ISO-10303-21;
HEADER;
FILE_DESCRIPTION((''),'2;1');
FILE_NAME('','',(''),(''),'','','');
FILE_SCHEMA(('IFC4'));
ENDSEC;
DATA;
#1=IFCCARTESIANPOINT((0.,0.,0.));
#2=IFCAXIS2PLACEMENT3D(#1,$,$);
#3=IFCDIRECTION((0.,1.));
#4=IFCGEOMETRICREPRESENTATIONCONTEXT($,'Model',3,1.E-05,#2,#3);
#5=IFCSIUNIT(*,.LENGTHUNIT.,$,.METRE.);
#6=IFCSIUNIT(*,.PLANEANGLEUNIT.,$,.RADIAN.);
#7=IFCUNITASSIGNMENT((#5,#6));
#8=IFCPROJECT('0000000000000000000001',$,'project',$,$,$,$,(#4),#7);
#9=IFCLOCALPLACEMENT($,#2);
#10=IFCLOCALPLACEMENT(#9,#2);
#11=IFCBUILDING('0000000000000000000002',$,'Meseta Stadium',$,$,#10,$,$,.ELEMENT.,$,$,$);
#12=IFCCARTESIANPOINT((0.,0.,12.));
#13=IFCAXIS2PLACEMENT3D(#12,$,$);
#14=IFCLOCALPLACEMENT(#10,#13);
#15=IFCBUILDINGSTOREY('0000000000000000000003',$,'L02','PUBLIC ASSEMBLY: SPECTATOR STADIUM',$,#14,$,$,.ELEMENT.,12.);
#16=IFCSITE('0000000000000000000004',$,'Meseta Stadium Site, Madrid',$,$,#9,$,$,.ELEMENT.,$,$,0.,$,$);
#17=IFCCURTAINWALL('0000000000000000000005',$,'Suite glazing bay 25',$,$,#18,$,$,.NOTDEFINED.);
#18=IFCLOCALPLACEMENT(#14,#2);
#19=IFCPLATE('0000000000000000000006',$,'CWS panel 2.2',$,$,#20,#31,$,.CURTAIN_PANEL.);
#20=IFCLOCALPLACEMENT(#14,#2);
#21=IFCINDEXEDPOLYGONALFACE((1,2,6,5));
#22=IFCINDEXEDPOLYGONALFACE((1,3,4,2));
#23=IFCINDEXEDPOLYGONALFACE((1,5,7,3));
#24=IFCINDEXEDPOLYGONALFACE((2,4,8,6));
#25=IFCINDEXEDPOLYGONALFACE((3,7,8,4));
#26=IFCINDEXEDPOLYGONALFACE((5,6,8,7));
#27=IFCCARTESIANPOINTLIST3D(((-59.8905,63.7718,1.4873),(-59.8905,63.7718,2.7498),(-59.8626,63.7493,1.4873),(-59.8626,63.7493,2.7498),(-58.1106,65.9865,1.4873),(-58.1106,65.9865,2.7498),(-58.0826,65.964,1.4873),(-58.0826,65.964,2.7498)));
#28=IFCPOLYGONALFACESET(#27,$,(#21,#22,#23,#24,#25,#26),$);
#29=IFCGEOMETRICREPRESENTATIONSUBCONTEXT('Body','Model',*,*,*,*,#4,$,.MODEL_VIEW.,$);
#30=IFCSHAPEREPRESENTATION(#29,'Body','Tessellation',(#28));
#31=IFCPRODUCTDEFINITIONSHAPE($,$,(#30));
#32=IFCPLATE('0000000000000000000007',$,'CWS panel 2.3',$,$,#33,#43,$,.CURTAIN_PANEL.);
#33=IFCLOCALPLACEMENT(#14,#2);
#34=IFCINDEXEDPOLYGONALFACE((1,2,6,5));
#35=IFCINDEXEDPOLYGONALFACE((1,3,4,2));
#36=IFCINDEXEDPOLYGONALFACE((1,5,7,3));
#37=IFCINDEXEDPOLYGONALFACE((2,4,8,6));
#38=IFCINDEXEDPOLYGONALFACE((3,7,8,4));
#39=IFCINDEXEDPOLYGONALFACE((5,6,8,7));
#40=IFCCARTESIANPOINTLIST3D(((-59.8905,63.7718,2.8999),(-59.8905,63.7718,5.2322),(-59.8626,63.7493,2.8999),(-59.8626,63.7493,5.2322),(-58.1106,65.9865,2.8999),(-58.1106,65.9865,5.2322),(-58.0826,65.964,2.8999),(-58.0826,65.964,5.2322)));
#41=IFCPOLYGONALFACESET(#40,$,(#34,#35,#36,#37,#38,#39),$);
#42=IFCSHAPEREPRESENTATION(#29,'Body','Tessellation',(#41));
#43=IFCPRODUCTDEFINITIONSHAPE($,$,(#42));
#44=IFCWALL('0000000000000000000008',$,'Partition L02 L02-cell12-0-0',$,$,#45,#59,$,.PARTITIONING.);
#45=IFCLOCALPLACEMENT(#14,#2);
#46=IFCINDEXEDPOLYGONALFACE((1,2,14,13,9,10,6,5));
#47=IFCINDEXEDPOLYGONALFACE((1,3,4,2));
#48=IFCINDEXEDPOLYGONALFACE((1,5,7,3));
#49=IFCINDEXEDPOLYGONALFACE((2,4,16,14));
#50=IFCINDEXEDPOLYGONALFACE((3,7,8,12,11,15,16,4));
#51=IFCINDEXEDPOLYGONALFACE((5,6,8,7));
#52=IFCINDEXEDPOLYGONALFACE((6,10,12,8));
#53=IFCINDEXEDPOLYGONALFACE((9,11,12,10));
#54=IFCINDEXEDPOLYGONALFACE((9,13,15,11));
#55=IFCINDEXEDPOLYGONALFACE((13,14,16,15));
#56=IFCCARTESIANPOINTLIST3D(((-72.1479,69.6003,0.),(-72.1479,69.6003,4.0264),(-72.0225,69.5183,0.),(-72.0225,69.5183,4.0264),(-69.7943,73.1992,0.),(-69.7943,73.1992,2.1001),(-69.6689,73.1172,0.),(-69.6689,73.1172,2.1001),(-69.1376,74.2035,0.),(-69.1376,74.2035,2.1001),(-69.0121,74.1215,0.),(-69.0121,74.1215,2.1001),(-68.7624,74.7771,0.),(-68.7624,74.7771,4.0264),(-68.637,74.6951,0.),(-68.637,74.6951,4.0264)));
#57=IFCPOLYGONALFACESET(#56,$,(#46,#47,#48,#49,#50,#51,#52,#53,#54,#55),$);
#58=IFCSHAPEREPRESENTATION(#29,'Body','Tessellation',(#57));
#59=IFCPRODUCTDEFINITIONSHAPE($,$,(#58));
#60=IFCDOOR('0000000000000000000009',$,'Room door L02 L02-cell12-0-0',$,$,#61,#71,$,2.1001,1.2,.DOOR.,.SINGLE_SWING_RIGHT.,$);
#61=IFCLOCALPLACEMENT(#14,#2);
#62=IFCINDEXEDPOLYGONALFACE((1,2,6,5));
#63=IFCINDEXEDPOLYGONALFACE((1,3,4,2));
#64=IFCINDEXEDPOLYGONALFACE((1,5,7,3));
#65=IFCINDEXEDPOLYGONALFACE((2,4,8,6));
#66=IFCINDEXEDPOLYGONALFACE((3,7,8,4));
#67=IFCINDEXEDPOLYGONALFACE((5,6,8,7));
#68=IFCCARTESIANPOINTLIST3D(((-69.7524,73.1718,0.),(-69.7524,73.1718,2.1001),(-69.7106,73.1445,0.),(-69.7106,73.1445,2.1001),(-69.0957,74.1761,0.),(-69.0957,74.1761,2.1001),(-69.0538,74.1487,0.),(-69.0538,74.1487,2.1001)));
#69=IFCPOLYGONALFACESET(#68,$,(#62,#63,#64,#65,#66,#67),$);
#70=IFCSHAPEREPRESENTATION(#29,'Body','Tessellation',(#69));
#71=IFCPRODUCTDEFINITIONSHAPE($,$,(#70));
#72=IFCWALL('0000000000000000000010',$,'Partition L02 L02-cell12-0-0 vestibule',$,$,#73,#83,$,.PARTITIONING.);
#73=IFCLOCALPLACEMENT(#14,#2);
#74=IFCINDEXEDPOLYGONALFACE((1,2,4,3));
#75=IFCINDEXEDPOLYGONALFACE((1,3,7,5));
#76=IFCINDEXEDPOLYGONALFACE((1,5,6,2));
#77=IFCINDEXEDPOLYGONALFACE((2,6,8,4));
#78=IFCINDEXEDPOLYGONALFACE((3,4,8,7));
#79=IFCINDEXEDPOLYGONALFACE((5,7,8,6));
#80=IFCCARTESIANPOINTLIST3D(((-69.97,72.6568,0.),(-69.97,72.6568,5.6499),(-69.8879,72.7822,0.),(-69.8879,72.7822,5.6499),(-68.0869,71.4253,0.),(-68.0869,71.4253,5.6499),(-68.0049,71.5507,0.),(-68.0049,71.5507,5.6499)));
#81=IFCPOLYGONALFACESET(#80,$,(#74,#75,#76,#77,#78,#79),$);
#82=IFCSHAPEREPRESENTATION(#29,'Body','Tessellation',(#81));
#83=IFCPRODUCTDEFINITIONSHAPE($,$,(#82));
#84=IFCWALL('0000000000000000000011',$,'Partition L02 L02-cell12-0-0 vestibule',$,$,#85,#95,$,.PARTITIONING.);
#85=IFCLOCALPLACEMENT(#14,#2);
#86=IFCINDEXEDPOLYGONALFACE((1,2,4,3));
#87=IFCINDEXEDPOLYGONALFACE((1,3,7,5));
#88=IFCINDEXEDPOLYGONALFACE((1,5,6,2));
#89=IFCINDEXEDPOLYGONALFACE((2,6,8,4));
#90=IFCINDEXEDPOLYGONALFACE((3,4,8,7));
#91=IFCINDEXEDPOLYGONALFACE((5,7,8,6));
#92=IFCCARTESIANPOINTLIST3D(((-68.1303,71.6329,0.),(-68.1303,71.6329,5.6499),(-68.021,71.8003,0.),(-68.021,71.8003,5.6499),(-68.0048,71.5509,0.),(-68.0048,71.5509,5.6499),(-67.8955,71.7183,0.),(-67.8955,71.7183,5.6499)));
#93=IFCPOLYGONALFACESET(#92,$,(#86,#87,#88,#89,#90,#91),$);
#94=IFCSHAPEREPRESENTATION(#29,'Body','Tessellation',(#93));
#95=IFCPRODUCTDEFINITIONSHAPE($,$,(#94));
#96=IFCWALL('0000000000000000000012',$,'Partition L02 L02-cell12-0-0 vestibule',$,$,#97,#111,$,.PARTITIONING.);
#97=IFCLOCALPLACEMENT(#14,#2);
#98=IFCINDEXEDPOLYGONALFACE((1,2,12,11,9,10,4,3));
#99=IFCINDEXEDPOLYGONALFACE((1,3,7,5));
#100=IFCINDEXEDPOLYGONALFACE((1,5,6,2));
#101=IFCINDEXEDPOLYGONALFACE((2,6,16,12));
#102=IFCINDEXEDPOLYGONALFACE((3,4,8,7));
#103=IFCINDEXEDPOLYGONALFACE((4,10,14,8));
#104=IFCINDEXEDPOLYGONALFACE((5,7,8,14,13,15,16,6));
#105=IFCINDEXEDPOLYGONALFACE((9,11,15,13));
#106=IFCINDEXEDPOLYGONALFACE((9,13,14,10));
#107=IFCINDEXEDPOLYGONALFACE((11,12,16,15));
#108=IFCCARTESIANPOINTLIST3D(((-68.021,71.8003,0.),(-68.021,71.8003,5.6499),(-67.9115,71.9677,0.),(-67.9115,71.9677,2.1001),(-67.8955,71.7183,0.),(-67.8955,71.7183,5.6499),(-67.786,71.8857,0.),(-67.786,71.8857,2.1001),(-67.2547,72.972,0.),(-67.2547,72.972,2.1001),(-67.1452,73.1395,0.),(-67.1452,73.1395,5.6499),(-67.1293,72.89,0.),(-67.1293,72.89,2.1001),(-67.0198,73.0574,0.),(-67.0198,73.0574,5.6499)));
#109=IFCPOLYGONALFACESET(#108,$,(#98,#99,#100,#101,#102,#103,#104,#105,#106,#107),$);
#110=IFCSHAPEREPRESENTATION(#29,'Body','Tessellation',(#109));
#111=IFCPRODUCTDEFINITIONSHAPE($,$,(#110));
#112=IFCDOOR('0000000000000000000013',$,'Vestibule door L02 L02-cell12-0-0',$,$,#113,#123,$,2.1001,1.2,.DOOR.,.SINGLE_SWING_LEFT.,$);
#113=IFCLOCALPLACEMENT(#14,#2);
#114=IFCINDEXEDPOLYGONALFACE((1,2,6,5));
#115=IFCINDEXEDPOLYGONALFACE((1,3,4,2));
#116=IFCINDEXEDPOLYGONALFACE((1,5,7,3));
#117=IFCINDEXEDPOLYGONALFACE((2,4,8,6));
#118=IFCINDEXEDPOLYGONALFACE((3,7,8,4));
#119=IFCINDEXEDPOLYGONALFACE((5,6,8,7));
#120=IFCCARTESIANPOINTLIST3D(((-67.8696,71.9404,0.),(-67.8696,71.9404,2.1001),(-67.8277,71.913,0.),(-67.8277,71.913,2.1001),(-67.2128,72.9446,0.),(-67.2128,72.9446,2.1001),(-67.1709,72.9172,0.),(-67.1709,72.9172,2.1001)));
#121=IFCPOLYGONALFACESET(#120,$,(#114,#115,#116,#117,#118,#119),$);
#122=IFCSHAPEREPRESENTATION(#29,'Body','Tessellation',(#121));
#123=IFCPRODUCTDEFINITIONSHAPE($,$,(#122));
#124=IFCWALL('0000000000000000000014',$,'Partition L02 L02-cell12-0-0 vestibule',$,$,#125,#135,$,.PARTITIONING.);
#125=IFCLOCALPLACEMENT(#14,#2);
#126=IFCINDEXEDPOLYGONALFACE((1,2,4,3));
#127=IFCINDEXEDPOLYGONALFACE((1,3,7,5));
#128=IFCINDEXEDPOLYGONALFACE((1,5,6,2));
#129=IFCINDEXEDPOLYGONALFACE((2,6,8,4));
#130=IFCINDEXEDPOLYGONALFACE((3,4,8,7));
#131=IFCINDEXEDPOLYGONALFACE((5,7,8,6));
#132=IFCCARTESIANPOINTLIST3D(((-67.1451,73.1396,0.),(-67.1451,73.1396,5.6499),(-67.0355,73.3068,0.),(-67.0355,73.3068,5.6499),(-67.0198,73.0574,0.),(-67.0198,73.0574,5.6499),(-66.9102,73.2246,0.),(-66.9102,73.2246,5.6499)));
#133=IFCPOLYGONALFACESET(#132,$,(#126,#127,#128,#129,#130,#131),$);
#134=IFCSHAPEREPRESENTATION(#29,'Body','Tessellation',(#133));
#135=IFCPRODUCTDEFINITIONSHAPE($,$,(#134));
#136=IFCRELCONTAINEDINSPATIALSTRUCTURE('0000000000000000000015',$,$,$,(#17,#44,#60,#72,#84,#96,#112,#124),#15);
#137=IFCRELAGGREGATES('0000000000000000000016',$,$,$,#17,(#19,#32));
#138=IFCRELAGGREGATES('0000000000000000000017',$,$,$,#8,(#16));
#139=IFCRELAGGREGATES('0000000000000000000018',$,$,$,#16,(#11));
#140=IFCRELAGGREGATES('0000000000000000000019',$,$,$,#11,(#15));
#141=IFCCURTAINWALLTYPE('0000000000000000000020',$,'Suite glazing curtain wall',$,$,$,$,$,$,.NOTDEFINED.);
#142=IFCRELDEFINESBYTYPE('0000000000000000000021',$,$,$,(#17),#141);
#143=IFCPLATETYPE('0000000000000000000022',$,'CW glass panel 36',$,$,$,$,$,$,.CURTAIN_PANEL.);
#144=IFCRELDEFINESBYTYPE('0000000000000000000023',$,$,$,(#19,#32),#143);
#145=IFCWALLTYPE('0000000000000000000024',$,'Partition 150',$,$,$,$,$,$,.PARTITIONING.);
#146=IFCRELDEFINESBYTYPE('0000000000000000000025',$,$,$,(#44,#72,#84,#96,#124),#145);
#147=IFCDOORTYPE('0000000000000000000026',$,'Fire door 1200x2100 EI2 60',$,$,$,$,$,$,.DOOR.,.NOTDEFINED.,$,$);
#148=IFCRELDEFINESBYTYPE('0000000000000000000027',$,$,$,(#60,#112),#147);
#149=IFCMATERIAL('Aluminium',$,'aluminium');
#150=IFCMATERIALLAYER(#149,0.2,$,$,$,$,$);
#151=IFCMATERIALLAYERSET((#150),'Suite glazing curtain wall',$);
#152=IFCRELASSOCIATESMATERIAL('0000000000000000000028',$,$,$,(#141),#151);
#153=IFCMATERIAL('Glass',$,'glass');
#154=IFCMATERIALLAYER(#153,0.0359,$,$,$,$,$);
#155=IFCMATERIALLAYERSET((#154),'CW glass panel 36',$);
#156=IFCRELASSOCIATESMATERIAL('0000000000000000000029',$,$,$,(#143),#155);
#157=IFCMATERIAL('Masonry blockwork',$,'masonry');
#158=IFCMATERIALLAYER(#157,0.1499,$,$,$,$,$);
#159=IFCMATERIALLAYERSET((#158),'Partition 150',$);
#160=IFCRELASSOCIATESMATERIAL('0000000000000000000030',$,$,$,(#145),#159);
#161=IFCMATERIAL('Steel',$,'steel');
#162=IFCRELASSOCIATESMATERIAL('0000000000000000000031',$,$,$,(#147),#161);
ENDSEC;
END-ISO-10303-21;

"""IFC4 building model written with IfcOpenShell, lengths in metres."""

from ifc_helpers import new_model, si_unit, direction, frame, frame_2d, origin, origin_2d, place, context, subcontext, project, spatial, rectangle, extrude, material, layer, layer_set, type_object, element, fill, aggregate, save


model = new_model("IFC4")

# Units and contexts
model_context = context("Model", 3, precision=1e-05, world=origin(), true_north=direction((0.0, 1.0)))
body_context = subcontext(model_context, "Body", "Model", "MODEL_VIEW")
ifc_project = project(units=[si_unit("LENGTHUNIT", "METRE"), si_unit("PLANEANGLEUNIT", "RADIAN")], contexts=[model_context])

# Site, building, storey
site_placement = place(None, origin())
site = spatial("IfcSite", under=ifc_project, at=site_placement, Name="Meseta Stadium Site, Madrid", CompositionType="ELEMENT", RefElevation=0.0)
building_placement = place(site_placement, origin())
building = spatial("IfcBuilding", under=site, at=building_placement, Name="Meseta Stadium", CompositionType="ELEMENT")
storey_placement = place(building_placement, frame((0.0, 0.0, 12.0)))
storey = spatial("IfcBuildingStorey", under=building, at=storey_placement, Name="L02", Description="PUBLIC ASSEMBLY: SPECTATOR STADIUM", CompositionType="ELEMENT", Elevation=12.0)

# Curtain wall
ifc_material_1 = material(Name="Aluminium", Category="aluminium")
ifc_layer_1 = layer(ifc_material_1, 0.2)
ifc_layer_set_1 = layer_set([ifc_layer_1], Name="Suite glazing curtain wall")
curtain_wall_type = type_object("IfcCurtainWallType", Name="Suite glazing curtain wall", PredefinedType="NOTDEFINED", material=ifc_layer_set_1)
curtain_wall_placement = place(storey_placement, origin())
curtain_wall = element("IfcCurtainWall", 1, at=curtain_wall_placement, inside=storey, type_object=curtain_wall_type, Name="Suite glazing bay 25", PredefinedType="NOTDEFINED")

# Plates
ifc_material_2 = material(Name="Glass", Category="glass")
ifc_layer_2 = layer(ifc_material_2, 0.0359)
ifc_layer_set_2 = layer_set([ifc_layer_2], Name="CW glass panel 36")
plate_type = type_object("IfcPlateType", Name="CW glass panel 36", PredefinedType="CURTAIN_PANEL", material=ifc_layer_set_2)
plate_1_placement = place(storey_placement, frame((-58.9866, 64.8679, 1.4873), z_axis=(0.0, 0.0, 1.0), x_axis=(-0.62646, -0.779454, 0.0)))
plate_1 = element("IfcPlate", 2, at=plate_1_placement, type_object=plate_type, Name="CWS panel 2.2", PredefinedType="CURTAIN_PANEL", context=body_context, shape_type="SweptSolid", body=[
    extrude(rectangle(XDim=2.8413, YDim=0.0359, at=origin_2d()), origin(), (0.0, 0.0, 1.0), 1.2625),
])
plate_2_placement = place(storey_placement, frame((-58.9866, 64.8679, 2.8999), z_axis=(0.0, 0.0, 1.0), x_axis=(-0.62646, -0.779454, 0.0)))
plate_2 = element("IfcPlate", 3, at=plate_2_placement, type_object=plate_type, Name="CWS panel 2.3", PredefinedType="CURTAIN_PANEL", context=body_context, shape_type="SweptSolid", body=[
    extrude(rectangle(XDim=2.8413, YDim=0.0359, at=origin_2d()), origin(), (0.0, 0.0, 1.0), 2.3323),
])
aggregate(curtain_wall, [plate_1, plate_2])

# Wall, opening, door
ifc_material_3 = material(Name="Masonry blockwork", Category="masonry")
ifc_layer_3 = layer(ifc_material_3, 0.1499)
ifc_layer_set_3 = layer_set([ifc_layer_3], Name="Partition 150")
wall_type = type_object("IfcWallType", Name="Partition 150", PredefinedType="PARTITIONING", material=ifc_layer_set_3)
wall_1_placement = place(storey_placement, frame((-72.0852, 69.5593, 0.0), z_axis=(0.0, 0.0, 1.0), x_axis=(0.547328, 0.836918, 0.0)))
wall_1 = element("IfcWall", 4, at=wall_1_placement, inside=storey, type_object=wall_type, Name="Partition L02 L02-cell12-0-0", PredefinedType="PARTITIONING", context=body_context, shape_type="SweptSolid", body=[
    extrude(rectangle(XDim=6.1855, YDim=0.1499, at=frame_2d((3.0928, 0.0))), origin(), (0.0, 0.0, 1.0), 4.0264),
])
opening_1_placement = place(wall_1_placement, frame((4.3, 0.0, 0.0)))
opening_1 = element("IfcOpeningElement", 5, at=opening_1_placement, cuts=wall_1, PredefinedType="OPENING", context=body_context, shape_type="SweptSolid", body=[
    extrude(rectangle(XDim=1.2, YDim=2.1001, at=frame_2d((0.6001, 1.05))), frame((0.0, 0.085, 0.0), z_axis=(0.0, -1.0, 0.0), x_axis=(1.0, 0.0, 0.0)), (0.0, 0.0, 1.0), 0.1699),
])
ifc_material_4 = material(Name="Steel", Category="steel")
door_type = type_object("IfcDoorType", Name="Fire door 1200x2100 EI2 60", OperationType="NOTDEFINED", PredefinedType="DOOR", material=ifc_material_4)
door_1_placement = place(opening_1_placement, origin())
door_1 = element("IfcDoor", 6, at=door_1_placement, inside=storey, type_object=door_type, Name="Room door L02 L02-cell12-0-0", OperationType="SINGLE_SWING_RIGHT", OverallHeight=2.1001, OverallWidth=1.2, PredefinedType="DOOR", context=body_context, shape_type="SweptSolid", body=[
    extrude(rectangle(XDim=1.2, YDim=2.1001, at=frame_2d((0.6001, 1.05))), frame((0.0, 0.0249, 0.0), z_axis=(0.0, -1.0, 0.0), x_axis=(1.0, 0.0, 0.0)), (0.0, 0.0, 1.0), 0.05),
])
fill(opening_1, door_1)

# Walls
wall_2_placement = place(storey_placement, frame((-69.929, 72.7195, 0.0), z_axis=(0.0, 0.0, 1.0), x_axis=(0.836926, -0.547317, 0.0)))
element("IfcWall", 7, at=wall_2_placement, inside=storey, type_object=wall_type, Name="Partition L02 L02-cell12-0-0 vestibule", PredefinedType="PARTITIONING", context=body_context, shape_type="SweptSolid", body=[
    extrude(rectangle(XDim=2.25, YDim=0.1499, at=frame_2d((1.125, 0.0))), origin(), (0.0, 0.0, 1.0), 5.6499),
])
wall_3_placement = place(storey_placement, frame((-68.0676, 71.5918, 0.0), z_axis=(0.0, 0.0, 1.0), x_axis=(0.546789, 0.837271, 0.0)))
element("IfcWall", 8, at=wall_3_placement, inside=storey, type_object=wall_type, Name="Partition L02 L02-cell12-0-0 vestibule", PredefinedType="PARTITIONING", context=body_context, shape_type="SweptSolid", body=[
    extrude(rectangle(XDim=0.2, YDim=0.1499, at=frame_2d((0.1001, 0.0))), origin(), (0.0, 0.0, 1.0), 5.6499),
])

# Wall, opening, door
wall_4_placement = place(storey_placement, frame((-67.9583, 71.7593, 0.0), z_axis=(0.0, 0.0, 1.0), x_axis=(0.547319, 0.836924, 0.0)))
wall_4 = element("IfcWall", 9, at=wall_4_placement, inside=storey, type_object=wall_type, Name="Partition L02 L02-cell12-0-0 vestibule", PredefinedType="PARTITIONING", context=body_context, shape_type="SweptSolid", body=[
    extrude(rectangle(XDim=1.6001, YDim=0.1499, at=frame_2d((0.8, 0.0))), origin(), (0.0, 0.0, 1.0), 5.6499),
])
opening_2_placement = place(wall_4_placement, frame((0.2, 0.0, 0.0)))
opening_2 = element("IfcOpeningElement", 10, at=opening_2_placement, cuts=wall_4, PredefinedType="OPENING", context=body_context, shape_type="SweptSolid", body=[
    extrude(rectangle(XDim=1.2, YDim=2.1001, at=frame_2d((0.6001, 1.05))), frame((0.0, 0.085, 0.0), z_axis=(0.0, -1.0, 0.0), x_axis=(1.0, 0.0, 0.0)), (0.0, 0.0, 1.0), 0.1699),
])
door_2_placement = place(opening_2_placement, origin())
door_2 = element("IfcDoor", 11, at=door_2_placement, inside=storey, type_object=door_type, Name="Vestibule door L02 L02-cell12-0-0", OperationType="SINGLE_SWING_LEFT", OverallHeight=2.1001, OverallWidth=1.2, PredefinedType="DOOR", context=body_context, shape_type="SweptSolid", body=[
    extrude(rectangle(XDim=1.2, YDim=2.1001, at=frame_2d((0.6001, 1.05))), frame((0.0, 0.0249, 0.0), z_axis=(0.0, -1.0, 0.0), x_axis=(1.0, 0.0, 0.0)), (0.0, 0.0, 1.0), 0.05),
])
fill(opening_2, door_2)

# Wall
wall_5_placement = place(storey_placement, frame((-67.0825, 73.0984, 0.0), z_axis=(0.0, 0.0, 1.0), x_axis=(0.548203, 0.836345, 0.0)))
element("IfcWall", 12, at=wall_5_placement, inside=storey, type_object=wall_type, Name="Partition L02 L02-cell12-0-0 vestibule", PredefinedType="PARTITIONING", context=body_context, shape_type="SweptSolid", body=[
    extrude(rectangle(XDim=0.2, YDim=0.1499, at=frame_2d((0.1001, 0.0))), origin(), (0.0, 0.0, 1.0), 5.6499),
])

save(model, "model.ifc")
